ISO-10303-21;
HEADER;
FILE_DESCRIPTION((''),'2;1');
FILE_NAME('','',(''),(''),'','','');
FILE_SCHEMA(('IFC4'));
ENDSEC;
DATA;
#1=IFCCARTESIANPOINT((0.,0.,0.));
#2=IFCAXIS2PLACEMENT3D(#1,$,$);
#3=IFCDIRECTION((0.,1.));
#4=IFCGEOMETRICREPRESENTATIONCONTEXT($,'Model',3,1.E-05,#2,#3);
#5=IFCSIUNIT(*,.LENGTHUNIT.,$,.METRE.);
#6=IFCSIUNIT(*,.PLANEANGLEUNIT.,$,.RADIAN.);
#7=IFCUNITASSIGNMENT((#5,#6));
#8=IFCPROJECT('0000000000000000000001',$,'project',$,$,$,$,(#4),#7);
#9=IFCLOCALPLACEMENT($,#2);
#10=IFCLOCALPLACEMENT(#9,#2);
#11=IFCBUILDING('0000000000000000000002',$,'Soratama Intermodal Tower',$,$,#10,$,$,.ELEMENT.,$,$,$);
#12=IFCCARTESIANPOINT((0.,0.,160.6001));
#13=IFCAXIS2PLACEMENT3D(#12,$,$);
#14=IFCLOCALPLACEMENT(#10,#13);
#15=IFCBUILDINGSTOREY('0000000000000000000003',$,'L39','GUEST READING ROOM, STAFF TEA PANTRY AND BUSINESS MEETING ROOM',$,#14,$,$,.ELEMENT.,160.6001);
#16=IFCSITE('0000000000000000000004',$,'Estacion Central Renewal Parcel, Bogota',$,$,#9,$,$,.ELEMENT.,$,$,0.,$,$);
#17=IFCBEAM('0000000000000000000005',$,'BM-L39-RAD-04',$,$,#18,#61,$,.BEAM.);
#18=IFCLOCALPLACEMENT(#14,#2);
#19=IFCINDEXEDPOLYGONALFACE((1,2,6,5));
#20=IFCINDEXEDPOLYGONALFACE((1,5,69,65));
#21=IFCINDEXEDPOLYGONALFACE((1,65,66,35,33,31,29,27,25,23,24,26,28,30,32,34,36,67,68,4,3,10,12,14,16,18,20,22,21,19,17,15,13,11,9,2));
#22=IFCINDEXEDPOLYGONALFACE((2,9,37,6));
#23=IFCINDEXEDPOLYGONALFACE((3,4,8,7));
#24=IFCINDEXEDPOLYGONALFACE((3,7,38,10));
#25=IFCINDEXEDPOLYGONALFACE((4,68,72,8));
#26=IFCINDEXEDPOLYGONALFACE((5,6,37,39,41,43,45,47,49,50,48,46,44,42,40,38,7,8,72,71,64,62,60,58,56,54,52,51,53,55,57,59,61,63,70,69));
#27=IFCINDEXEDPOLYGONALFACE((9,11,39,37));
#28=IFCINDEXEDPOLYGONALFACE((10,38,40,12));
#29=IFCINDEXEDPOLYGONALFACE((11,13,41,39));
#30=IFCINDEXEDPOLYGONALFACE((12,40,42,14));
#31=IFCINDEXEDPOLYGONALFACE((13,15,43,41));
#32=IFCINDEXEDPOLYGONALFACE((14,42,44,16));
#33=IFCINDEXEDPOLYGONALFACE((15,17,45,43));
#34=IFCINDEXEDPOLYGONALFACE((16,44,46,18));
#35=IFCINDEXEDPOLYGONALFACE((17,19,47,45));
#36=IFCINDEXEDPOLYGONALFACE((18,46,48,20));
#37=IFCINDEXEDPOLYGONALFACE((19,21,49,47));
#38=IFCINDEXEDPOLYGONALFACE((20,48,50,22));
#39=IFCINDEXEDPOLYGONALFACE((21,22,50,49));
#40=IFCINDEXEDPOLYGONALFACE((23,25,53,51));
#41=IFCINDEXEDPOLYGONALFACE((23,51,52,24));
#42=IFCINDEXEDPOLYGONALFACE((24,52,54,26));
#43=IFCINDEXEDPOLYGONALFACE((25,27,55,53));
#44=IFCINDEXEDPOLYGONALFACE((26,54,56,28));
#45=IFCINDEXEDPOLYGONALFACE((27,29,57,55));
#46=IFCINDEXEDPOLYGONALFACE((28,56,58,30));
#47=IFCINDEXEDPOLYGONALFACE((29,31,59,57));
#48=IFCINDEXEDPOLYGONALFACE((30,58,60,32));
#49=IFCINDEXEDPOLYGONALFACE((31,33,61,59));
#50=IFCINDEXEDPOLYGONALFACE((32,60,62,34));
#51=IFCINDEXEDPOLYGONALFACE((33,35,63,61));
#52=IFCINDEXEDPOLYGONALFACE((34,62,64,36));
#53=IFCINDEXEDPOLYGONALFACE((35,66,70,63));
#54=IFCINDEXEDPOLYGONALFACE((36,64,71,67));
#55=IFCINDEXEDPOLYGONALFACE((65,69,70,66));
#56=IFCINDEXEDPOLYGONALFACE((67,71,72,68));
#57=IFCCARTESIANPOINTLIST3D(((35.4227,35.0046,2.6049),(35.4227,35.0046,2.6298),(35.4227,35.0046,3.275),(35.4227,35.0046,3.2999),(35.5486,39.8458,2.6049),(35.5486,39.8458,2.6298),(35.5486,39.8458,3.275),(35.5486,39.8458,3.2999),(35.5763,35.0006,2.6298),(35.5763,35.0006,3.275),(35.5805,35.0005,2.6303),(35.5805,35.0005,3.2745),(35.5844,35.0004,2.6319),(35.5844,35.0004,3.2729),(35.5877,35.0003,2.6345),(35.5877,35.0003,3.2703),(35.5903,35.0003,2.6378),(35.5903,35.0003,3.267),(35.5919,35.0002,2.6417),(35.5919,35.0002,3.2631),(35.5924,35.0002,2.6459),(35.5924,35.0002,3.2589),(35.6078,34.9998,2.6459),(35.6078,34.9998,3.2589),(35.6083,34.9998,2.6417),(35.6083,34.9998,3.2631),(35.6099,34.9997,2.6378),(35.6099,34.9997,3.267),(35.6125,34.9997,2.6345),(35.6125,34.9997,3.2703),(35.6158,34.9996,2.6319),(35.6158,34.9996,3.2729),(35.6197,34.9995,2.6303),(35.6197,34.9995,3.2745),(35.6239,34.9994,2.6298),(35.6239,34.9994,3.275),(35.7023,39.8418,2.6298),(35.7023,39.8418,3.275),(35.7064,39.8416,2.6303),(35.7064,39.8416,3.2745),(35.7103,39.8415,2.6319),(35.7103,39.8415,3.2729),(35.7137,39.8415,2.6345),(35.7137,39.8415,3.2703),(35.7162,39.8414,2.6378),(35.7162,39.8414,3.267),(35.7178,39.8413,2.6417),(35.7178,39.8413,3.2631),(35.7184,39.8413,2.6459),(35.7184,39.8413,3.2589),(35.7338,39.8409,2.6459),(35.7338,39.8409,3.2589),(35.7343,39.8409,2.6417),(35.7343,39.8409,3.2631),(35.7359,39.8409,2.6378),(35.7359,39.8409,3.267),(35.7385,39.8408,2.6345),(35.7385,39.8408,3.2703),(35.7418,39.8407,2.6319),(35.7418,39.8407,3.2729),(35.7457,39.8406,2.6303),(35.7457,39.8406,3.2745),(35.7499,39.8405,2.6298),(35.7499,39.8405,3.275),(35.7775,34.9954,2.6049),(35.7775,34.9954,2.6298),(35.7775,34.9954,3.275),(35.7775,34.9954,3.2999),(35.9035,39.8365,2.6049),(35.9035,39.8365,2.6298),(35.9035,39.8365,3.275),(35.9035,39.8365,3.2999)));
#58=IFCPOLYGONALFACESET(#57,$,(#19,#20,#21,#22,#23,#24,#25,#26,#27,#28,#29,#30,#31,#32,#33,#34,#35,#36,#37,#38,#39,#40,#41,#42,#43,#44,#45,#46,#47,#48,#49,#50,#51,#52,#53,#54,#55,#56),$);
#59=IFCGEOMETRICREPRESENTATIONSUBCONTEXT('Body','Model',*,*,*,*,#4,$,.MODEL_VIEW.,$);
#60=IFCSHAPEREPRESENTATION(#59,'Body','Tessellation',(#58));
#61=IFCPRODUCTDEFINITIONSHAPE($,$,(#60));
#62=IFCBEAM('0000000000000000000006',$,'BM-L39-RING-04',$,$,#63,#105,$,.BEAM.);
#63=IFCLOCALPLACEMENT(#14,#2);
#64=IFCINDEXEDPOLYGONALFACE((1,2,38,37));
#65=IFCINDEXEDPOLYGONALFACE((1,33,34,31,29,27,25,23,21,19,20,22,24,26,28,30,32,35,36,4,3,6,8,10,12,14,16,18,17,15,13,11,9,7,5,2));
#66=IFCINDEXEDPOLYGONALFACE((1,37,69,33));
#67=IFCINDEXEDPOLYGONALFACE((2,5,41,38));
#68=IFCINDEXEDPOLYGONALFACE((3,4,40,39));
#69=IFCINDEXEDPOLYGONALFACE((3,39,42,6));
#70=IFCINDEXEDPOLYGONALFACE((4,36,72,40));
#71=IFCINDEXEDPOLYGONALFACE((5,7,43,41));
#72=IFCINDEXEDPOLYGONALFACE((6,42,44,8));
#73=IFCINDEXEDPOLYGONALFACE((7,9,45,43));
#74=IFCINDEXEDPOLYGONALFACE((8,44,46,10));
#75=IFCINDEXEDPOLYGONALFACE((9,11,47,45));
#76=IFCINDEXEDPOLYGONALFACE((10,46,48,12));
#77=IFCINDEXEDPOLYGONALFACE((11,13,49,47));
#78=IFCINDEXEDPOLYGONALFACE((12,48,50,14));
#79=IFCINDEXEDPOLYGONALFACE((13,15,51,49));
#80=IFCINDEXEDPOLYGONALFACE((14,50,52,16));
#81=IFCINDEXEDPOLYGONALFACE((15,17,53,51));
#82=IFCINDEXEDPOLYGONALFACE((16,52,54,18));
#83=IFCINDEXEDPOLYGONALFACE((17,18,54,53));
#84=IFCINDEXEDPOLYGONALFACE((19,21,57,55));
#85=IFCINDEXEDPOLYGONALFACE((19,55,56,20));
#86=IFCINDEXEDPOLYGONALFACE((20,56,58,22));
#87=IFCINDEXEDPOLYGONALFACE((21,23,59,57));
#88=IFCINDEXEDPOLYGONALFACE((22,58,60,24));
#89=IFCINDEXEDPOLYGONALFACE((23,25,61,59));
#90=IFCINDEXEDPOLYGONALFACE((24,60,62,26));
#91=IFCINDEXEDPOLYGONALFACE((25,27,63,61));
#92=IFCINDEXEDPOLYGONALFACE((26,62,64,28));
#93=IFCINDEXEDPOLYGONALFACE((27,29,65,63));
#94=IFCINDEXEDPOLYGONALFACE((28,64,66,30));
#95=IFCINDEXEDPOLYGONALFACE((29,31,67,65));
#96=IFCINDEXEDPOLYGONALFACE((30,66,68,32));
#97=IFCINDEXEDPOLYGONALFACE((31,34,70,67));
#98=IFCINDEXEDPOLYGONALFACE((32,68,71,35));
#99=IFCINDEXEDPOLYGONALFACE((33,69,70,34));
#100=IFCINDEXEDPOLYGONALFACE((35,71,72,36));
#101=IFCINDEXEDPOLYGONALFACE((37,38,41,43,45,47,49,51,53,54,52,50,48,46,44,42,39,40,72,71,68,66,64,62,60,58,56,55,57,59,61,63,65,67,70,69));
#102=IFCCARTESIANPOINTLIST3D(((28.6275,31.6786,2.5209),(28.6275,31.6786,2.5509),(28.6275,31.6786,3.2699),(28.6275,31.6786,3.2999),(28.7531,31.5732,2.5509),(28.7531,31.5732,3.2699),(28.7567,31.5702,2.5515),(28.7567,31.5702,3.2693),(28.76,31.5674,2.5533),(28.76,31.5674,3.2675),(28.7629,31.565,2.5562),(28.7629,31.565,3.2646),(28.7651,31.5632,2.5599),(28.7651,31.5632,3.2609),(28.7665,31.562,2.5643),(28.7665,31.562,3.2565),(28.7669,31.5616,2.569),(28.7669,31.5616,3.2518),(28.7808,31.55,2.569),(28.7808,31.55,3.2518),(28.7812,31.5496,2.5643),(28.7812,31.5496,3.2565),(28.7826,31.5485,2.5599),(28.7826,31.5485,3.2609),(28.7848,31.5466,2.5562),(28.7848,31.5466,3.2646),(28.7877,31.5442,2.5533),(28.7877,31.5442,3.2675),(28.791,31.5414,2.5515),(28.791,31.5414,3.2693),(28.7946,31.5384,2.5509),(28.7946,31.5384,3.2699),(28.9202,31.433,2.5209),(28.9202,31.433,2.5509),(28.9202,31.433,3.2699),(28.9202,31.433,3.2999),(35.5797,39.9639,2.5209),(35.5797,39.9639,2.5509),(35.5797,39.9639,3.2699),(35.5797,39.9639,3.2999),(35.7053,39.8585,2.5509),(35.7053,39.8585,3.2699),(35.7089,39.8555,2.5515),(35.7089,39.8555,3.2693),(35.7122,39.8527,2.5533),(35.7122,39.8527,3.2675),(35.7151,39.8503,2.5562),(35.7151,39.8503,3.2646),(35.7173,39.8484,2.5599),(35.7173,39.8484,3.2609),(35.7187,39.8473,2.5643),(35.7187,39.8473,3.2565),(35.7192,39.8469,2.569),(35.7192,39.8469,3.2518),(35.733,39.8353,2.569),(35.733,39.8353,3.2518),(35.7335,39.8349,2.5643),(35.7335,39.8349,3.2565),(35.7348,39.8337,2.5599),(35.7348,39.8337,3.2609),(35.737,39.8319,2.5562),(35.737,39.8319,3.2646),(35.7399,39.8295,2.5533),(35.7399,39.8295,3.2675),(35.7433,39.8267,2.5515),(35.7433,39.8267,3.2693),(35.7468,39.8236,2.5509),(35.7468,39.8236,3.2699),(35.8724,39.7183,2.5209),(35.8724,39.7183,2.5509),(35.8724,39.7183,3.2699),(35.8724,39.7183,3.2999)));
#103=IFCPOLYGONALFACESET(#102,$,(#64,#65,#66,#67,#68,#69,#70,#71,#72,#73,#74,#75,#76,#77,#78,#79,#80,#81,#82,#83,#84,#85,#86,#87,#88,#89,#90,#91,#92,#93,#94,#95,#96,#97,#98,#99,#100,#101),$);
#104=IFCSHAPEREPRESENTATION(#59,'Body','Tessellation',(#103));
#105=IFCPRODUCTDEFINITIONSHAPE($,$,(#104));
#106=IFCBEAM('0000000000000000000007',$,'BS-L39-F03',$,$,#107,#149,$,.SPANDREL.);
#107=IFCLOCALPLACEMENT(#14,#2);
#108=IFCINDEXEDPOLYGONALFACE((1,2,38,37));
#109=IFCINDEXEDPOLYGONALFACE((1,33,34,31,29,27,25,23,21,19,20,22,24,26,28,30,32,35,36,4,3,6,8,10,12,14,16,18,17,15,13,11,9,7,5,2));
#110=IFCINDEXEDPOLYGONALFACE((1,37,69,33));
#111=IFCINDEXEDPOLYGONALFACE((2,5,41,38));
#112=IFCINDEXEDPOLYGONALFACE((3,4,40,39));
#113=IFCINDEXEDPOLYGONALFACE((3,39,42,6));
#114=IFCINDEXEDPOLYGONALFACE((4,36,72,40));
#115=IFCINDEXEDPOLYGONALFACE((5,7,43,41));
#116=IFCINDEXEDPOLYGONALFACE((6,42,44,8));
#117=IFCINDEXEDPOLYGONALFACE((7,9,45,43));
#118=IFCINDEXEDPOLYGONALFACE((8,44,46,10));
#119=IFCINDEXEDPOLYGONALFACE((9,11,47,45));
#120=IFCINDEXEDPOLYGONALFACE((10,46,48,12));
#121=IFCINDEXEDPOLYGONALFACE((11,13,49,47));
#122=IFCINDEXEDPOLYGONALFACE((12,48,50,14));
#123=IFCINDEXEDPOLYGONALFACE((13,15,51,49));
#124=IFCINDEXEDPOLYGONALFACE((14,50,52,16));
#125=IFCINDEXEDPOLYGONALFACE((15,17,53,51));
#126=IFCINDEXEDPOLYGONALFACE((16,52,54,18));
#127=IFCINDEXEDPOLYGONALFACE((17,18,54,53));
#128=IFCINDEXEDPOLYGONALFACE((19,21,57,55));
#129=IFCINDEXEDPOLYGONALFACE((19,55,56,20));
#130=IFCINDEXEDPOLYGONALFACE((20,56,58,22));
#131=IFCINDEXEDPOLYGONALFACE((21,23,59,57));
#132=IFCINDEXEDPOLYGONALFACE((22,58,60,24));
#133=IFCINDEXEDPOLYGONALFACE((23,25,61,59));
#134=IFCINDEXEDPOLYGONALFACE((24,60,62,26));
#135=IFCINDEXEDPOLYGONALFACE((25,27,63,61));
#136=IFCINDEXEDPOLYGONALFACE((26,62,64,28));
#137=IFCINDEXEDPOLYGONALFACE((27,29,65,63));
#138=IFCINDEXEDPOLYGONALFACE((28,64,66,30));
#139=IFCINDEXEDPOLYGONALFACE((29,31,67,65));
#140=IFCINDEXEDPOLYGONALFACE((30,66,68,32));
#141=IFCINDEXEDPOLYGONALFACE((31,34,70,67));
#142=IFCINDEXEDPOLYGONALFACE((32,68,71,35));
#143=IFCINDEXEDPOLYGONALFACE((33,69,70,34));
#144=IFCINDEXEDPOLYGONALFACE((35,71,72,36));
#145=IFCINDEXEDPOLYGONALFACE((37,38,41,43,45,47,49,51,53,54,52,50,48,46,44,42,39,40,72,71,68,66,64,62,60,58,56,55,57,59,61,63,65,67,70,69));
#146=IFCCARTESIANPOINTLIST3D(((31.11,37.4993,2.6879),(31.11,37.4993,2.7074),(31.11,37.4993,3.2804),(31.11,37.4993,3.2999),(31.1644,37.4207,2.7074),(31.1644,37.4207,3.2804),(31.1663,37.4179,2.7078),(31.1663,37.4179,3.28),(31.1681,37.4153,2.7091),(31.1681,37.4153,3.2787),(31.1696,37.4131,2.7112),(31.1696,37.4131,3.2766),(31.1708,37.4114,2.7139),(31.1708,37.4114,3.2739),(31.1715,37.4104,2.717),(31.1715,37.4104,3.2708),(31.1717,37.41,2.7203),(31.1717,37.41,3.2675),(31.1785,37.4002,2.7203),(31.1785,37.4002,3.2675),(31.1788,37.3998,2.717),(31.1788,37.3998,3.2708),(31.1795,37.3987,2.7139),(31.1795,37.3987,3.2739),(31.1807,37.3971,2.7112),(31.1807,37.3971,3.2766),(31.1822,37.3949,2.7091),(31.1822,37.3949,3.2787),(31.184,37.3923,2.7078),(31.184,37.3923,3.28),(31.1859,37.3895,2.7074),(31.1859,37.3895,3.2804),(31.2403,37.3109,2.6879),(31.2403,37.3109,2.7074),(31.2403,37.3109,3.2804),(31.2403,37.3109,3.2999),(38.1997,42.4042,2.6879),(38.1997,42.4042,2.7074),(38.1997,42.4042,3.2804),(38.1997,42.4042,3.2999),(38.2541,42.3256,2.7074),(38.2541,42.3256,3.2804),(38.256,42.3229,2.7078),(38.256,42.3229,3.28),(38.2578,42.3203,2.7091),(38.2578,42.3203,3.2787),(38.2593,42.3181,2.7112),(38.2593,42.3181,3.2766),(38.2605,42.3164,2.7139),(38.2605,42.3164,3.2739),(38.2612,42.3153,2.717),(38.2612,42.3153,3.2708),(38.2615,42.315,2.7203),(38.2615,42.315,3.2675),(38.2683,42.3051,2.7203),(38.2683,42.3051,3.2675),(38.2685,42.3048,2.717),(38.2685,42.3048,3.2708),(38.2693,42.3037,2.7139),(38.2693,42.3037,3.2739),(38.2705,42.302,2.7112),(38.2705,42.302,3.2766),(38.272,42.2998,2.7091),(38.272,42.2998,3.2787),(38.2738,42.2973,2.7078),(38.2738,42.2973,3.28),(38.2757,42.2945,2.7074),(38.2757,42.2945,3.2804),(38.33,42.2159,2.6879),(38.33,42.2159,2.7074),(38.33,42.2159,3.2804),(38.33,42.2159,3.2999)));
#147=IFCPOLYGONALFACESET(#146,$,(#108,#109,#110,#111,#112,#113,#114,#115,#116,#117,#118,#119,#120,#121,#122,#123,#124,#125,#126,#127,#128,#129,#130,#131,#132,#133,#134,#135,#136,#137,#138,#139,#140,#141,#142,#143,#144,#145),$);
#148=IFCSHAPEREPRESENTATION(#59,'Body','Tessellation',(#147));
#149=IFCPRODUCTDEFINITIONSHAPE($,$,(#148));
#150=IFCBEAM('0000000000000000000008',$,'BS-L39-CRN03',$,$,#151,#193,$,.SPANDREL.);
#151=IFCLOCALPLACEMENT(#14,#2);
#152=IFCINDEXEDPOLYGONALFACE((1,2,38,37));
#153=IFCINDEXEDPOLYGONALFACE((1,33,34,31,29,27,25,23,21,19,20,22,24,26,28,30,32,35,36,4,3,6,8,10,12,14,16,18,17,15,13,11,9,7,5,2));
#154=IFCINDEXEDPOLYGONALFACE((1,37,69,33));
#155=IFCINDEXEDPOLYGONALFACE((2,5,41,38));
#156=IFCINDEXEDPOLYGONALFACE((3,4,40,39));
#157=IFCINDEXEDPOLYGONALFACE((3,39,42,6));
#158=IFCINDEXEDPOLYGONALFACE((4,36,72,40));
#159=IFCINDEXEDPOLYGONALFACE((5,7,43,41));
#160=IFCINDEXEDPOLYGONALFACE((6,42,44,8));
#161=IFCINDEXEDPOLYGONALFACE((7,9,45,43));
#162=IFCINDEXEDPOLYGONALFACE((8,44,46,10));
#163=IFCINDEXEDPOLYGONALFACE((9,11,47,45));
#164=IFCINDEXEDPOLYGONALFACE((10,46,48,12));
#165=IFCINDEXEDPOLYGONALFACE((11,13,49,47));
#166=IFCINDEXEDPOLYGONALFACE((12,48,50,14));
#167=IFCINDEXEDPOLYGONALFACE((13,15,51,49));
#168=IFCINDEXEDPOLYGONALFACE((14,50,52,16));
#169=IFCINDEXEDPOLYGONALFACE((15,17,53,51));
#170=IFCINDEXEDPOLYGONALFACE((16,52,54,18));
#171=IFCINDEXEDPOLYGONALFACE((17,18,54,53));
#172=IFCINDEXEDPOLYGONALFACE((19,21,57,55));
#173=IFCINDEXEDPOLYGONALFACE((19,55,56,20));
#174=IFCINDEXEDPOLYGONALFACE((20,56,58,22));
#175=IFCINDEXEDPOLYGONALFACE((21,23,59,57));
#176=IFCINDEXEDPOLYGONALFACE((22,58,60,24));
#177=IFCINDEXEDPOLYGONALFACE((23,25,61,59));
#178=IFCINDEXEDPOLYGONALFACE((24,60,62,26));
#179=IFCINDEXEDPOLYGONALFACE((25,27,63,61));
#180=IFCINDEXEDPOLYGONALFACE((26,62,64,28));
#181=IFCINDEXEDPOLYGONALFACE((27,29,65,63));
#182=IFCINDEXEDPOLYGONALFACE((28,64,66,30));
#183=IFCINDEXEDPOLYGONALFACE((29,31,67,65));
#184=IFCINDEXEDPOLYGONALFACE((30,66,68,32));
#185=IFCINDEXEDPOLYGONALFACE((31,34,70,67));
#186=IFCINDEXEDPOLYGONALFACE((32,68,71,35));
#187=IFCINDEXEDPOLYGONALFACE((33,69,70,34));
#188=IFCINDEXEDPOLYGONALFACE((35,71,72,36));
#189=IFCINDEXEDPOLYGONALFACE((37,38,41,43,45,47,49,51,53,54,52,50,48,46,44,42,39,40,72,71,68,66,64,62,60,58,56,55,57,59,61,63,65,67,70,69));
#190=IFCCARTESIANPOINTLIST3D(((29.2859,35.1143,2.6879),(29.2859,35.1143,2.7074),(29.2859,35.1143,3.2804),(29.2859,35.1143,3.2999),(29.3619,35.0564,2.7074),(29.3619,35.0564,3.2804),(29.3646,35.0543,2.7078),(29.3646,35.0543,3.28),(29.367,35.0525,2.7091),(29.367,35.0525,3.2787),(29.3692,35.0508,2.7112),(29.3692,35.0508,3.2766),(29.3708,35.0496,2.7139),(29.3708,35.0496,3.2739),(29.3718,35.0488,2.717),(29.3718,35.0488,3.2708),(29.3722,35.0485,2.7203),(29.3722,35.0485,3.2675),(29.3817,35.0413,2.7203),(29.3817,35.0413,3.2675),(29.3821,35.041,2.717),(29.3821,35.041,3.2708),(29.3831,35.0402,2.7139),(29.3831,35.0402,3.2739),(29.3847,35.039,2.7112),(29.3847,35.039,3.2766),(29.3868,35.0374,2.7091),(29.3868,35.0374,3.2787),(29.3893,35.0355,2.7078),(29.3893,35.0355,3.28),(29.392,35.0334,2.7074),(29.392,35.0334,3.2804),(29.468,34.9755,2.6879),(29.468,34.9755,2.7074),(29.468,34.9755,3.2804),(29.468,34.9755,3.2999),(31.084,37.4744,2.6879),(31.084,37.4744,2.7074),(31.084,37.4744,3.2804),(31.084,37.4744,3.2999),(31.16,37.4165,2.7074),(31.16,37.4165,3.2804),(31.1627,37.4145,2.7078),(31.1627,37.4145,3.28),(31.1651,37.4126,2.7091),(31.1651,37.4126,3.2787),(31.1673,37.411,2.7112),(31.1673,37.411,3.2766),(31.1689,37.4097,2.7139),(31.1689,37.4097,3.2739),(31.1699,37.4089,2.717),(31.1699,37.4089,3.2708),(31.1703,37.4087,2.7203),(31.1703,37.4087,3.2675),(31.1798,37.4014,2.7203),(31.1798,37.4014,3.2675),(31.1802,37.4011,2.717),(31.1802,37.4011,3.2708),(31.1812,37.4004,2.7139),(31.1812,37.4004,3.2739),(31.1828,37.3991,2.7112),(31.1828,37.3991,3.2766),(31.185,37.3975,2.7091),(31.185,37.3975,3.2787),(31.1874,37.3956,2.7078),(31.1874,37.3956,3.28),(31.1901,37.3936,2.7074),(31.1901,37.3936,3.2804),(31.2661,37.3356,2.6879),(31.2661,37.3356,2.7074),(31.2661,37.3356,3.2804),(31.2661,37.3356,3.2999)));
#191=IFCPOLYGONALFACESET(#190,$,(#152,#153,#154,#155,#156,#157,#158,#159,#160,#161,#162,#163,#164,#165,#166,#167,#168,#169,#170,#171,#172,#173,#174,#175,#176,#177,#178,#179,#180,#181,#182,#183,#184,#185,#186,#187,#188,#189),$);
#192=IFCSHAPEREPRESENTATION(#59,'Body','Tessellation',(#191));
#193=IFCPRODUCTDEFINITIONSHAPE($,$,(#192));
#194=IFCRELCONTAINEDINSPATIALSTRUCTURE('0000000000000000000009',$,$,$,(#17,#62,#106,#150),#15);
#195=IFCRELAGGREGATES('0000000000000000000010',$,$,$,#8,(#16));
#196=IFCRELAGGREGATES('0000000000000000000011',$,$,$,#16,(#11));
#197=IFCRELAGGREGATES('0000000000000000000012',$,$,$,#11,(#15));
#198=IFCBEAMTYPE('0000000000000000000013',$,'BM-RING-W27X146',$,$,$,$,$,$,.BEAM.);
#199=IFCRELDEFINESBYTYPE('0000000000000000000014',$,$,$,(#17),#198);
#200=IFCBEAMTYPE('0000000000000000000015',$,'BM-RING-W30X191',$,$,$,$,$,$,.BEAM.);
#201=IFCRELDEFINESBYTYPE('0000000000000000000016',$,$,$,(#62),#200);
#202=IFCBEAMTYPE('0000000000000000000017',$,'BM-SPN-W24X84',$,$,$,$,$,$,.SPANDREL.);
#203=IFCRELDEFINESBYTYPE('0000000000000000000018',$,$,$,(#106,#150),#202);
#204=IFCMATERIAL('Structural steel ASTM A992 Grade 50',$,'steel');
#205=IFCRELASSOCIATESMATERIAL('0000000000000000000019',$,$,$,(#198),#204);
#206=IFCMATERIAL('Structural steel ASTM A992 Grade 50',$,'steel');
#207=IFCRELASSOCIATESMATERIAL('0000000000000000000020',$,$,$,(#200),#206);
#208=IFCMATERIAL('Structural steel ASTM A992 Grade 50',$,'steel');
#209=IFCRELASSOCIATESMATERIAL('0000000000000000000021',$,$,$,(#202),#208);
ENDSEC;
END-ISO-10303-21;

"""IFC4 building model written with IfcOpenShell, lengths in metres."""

from ifc_helpers import new_model, si_unit, direction, frame, origin, origin_2d, place, context, subcontext, project, spatial, i_section, extrude, material, material_profile, profile_set, type_object, element, save


model = new_model("IFC4")

# Units and contexts
model_context = context("Model", 3, precision=1e-05, world=origin(), true_north=direction((0.0, 1.0)))
body_context = subcontext(model_context, "Body", "Model", "MODEL_VIEW")
ifc_project = project(units=[si_unit("LENGTHUNIT", "METRE"), si_unit("PLANEANGLEUNIT", "RADIAN")], contexts=[model_context])

# Site, building, storey
site_placement = place(None, origin())
site = spatial("IfcSite", under=ifc_project, at=site_placement, Name="Estacion Central Renewal Parcel, Bogota", CompositionType="ELEMENT", RefElevation=0.0)
building_placement = place(site_placement, origin())
building = spatial("IfcBuilding", under=site, at=building_placement, Name="Soratama Intermodal Tower", CompositionType="ELEMENT")
storey_placement = place(building_placement, frame((0.0, 0.0, 160.6001)))
storey = spatial("IfcBuildingStorey", under=building, at=storey_placement, Name="L39", Description="GUEST READING ROOM, STAFF TEA PANTRY AND BUSINESS MEETING ROOM", CompositionType="ELEMENT", Elevation=160.6001)

# Beams
ifc_material_1 = material(Name="Structural steel ASTM A992 Grade 50", Category="steel")
ifc_material_profile_1 = material_profile(ifc_material_1, i_section(OverallWidth=0.355, OverallDepth=0.6951, WebThickness=0.0154, FlangeThickness=0.0249, FilletRadius=0.0161, at=origin_2d()), Name="W27X146")
ifc_profile_set_1 = profile_set([ifc_material_profile_1], Name="Structural steel ASTM A992 Grade 50")
beam_type_1 = type_object("IfcBeamType", Name="BM-RING-W27X146", PredefinedType="BEAM", material=ifc_profile_set_1)
beam_1_placement = place(storey_placement, frame((35.6001, 35.0, 2.9524), z_axis=(0.026014, 0.999662, 0.0), x_axis=(-0.999662, 0.026014, 0.0)))
element("IfcBeam", 1, at=beam_1_placement, inside=storey, type_object=beam_type_1, Name="BM-L39-RAD-04", PredefinedType="BEAM", context=body_context, shape_type="SweptSolid", body=[
    extrude(i_section(OverallWidth=0.355, OverallDepth=0.6951, WebThickness=0.0154, FlangeThickness=0.0249, FilletRadius=0.0161, at=origin_2d()), origin(), (0.0, 0.0, 1.0), 4.8428),
])
ifc_material_2 = material(Name="Structural steel ASTM A992 Grade 50", Category="steel")
ifc_material_profile_2 = material_profile(ifc_material_2, i_section(OverallWidth=0.3821, OverallDepth=0.7791, WebThickness=0.0181, FlangeThickness=0.03, FilletRadius=0.0181, at=origin_2d()), Name="W30X191")
ifc_profile_set_2 = profile_set([ifc_material_profile_2], Name="Structural steel ASTM A992 Grade 50")
beam_type_2 = type_object("IfcBeamType", Name="BM-RING-W30X191", PredefinedType="BEAM", material=ifc_profile_set_2)
beam_2_placement = place(storey_placement, frame((35.7261, 39.8411, 2.9104), z_axis=(-0.642792, -0.766041, 0.0), x_axis=(0.766041, -0.642792, 0.0)))
element("IfcBeam", 2, at=beam_2_placement, inside=storey, type_object=beam_type_2, Name="BM-L39-RING-04", PredefinedType="BEAM", context=body_context, shape_type="SweptSolid", body=[
    extrude(i_section(OverallWidth=0.3821, OverallDepth=0.7791, WebThickness=0.0181, FlangeThickness=0.03, FilletRadius=0.0181, at=origin_2d()), origin(), (0.0, 0.0, 1.0), 10.8157),
])
ifc_material_3 = material(Name="Structural steel ASTM A992 Grade 50", Category="steel")
ifc_material_profile_3 = material_profile(ifc_material_3, i_section(OverallWidth=0.229, OverallDepth=0.6121, WebThickness=0.012, FlangeThickness=0.0195, FilletRadius=0.0129, at=origin_2d()), Name="W24X84")
ifc_profile_set_3 = profile_set([ifc_material_profile_3], Name="Structural steel ASTM A992 Grade 50")
beam_type_3 = type_object("IfcBeamType", Name="BM-SPN-W24X84", PredefinedType="SPANDREL", material=ifc_profile_set_3)
beam_3_placement = place(storey_placement, frame((38.2649, 42.3101, 2.9939), z_axis=(-0.822373, -0.568949, 0.0), x_axis=(0.568949, -0.822373, 0.0)))
element("IfcBeam", 3, at=beam_3_placement, inside=storey, type_object=beam_type_3, Name="BS-L39-F03", PredefinedType="SPANDREL", context=body_context, shape_type="SweptSolid", body=[
    extrude(i_section(OverallWidth=0.229, OverallDepth=0.6121, WebThickness=0.012, FlangeThickness=0.0195, FilletRadius=0.0129, at=origin_2d()), origin(), (0.0, 0.0, 1.0), 8.6211),
])
beam_4_placement = place(storey_placement, frame((31.175, 37.405, 2.9939), z_axis=(-0.606026, -0.795445, 0.0), x_axis=(0.795445, -0.606026, 0.0)))
element("IfcBeam", 4, at=beam_4_placement, inside=storey, type_object=beam_type_3, Name="BS-L39-CRN03", PredefinedType="SPANDREL", context=body_context, shape_type="SweptSolid", body=[
    extrude(i_section(OverallWidth=0.229, OverallDepth=0.6121, WebThickness=0.012, FlangeThickness=0.0195, FilletRadius=0.0129, at=origin_2d()), origin(), (0.0, 0.0, 1.0), 2.967),
])

save(model, "model.ifc")
